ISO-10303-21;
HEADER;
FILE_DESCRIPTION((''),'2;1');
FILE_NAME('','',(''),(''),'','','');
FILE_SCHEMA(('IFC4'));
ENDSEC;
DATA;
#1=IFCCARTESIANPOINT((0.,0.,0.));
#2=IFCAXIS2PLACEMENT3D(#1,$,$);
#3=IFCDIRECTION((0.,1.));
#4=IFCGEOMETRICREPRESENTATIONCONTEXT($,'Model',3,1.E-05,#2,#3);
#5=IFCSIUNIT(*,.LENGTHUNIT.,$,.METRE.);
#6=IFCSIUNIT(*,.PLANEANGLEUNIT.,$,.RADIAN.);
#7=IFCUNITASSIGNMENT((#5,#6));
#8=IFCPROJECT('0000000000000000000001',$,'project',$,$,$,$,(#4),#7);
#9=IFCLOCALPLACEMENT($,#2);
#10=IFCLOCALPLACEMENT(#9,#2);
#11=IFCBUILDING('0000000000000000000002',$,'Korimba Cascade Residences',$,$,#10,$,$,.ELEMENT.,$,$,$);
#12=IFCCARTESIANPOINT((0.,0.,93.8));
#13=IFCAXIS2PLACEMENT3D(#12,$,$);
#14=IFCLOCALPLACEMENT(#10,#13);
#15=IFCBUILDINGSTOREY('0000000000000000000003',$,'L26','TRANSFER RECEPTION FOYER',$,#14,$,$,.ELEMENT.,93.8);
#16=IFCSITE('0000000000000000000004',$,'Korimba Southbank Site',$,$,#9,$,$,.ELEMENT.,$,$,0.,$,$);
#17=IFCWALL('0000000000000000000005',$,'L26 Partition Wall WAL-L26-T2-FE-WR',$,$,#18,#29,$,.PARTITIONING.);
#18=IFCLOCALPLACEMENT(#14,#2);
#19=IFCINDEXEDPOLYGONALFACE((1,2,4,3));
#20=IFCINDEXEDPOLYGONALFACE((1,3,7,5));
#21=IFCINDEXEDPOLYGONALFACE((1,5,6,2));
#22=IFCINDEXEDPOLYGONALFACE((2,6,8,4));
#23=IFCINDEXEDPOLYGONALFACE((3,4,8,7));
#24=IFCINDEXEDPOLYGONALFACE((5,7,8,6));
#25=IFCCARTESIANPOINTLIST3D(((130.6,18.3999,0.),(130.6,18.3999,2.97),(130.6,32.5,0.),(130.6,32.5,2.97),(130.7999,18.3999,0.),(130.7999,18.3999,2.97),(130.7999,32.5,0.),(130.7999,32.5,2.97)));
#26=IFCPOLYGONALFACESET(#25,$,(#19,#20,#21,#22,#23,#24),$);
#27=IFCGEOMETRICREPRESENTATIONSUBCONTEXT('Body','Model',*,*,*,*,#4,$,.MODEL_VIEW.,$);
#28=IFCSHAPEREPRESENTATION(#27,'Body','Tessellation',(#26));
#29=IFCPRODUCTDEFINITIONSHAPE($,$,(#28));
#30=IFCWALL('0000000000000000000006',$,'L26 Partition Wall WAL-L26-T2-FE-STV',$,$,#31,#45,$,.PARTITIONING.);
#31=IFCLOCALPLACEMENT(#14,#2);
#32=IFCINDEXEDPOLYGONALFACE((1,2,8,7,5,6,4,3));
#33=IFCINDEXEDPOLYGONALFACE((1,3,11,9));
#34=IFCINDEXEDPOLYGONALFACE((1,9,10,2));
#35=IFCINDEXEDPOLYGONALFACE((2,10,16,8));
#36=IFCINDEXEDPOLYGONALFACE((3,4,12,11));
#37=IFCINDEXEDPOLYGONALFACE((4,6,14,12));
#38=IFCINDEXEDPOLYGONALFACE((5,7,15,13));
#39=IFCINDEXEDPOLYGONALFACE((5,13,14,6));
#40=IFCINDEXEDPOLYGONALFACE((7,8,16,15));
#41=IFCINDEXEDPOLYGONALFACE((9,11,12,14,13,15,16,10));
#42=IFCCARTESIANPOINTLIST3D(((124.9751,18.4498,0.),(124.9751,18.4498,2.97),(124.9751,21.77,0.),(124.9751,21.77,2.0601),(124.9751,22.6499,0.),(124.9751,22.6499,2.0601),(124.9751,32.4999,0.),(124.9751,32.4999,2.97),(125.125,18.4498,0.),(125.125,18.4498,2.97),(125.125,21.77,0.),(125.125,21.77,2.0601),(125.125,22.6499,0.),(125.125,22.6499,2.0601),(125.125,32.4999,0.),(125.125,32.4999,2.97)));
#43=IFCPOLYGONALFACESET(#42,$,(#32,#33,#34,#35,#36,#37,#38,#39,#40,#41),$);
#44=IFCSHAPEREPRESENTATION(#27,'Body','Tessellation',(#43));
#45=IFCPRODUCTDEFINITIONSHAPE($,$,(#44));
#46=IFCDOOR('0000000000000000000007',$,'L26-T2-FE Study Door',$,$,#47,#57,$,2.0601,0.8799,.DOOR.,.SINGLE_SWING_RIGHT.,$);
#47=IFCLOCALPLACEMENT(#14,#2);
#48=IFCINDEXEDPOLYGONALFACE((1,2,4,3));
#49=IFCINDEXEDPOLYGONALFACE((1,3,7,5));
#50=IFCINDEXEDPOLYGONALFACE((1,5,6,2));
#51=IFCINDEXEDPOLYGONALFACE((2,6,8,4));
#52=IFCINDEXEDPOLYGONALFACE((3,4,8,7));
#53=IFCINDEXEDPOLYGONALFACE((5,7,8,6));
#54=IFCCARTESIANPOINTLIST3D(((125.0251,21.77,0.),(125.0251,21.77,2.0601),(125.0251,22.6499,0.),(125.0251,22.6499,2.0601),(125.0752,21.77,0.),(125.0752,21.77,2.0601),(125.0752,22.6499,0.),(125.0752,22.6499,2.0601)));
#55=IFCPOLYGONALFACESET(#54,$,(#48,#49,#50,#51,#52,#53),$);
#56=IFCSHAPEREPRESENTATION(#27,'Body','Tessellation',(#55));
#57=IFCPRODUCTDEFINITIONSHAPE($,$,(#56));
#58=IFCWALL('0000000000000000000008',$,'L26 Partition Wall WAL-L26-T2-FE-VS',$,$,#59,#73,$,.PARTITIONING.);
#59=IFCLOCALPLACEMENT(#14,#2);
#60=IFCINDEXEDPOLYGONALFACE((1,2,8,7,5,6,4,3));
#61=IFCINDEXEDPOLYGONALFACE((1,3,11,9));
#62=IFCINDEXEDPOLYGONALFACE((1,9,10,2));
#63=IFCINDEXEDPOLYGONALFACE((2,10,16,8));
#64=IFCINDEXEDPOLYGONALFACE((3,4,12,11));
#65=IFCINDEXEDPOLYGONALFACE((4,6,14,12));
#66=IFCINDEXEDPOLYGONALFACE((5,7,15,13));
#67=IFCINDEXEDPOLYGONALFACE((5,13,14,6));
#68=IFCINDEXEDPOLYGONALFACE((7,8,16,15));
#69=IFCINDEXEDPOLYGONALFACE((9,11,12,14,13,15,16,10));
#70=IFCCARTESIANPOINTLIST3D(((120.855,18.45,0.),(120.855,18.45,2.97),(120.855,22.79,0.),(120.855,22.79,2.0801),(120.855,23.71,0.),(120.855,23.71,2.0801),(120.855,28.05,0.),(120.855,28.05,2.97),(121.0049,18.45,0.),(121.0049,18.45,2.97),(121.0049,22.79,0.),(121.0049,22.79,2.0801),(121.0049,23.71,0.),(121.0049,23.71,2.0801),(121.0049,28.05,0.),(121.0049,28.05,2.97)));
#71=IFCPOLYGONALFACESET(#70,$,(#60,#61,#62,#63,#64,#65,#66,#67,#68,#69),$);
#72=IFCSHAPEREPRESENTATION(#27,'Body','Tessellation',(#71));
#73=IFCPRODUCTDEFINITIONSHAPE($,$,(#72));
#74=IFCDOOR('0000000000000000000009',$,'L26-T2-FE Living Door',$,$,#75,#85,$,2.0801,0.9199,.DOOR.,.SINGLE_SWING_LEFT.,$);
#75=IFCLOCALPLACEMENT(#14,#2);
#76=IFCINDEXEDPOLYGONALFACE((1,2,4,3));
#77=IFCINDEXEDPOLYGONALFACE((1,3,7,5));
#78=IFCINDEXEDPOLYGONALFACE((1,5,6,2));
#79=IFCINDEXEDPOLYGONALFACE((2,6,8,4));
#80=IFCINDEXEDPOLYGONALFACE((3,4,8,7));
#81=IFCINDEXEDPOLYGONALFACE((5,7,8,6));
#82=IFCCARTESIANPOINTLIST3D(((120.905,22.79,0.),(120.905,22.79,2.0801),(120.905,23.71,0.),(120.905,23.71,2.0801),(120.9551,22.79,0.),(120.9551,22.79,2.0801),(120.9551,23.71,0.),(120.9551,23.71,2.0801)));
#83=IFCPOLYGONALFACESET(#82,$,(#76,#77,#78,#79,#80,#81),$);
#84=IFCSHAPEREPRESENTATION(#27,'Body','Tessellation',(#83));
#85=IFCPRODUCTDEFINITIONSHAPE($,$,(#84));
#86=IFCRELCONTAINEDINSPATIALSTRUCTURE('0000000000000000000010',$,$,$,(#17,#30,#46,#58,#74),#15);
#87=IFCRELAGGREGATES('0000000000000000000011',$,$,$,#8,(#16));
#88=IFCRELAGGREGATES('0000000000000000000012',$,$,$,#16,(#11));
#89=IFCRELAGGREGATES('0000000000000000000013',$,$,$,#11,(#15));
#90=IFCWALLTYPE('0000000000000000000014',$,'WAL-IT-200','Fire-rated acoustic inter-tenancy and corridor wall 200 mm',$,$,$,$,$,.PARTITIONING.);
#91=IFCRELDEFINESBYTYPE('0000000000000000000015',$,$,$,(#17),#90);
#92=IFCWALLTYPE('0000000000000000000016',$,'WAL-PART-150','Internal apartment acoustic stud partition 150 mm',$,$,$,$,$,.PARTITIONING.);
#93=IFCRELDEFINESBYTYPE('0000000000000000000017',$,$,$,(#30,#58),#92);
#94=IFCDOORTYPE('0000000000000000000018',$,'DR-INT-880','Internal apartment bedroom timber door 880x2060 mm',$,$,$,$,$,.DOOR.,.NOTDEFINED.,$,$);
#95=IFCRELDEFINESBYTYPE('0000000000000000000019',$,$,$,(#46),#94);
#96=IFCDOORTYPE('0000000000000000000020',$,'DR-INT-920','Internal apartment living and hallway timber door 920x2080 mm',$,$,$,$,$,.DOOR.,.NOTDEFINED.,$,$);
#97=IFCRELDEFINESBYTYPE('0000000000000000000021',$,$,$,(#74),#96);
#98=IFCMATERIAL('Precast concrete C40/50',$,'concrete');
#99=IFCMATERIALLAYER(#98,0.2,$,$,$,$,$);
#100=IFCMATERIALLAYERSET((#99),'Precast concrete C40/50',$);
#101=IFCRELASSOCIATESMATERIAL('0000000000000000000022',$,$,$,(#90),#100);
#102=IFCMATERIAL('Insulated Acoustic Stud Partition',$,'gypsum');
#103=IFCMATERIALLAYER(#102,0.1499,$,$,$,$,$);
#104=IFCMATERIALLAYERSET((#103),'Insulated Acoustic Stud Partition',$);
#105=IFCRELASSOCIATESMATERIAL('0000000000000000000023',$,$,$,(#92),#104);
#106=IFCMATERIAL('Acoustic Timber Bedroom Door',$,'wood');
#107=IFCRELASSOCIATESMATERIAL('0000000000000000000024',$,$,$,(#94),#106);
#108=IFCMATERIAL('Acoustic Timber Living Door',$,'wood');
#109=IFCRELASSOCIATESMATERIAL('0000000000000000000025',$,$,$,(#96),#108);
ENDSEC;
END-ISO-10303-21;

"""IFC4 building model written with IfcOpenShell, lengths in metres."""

from ifc_helpers import new_model, si_unit, direction, frame, frame_2d, origin, place, context, subcontext, project, spatial, rectangle, extrude, material, layer, layer_set, type_object, element, fill, save


model = new_model("IFC4")

# Units and contexts
model_context = context("Model", 3, precision=1e-05, world=origin(), true_north=direction((0.0, 1.0)))
body_context = subcontext(model_context, "Body", "Model", "MODEL_VIEW")
ifc_project = project(units=[si_unit("LENGTHUNIT", "METRE"), si_unit("PLANEANGLEUNIT", "RADIAN")], contexts=[model_context])

# Site, building, storey
site_placement = place(None, origin())
site = spatial("IfcSite", under=ifc_project, at=site_placement, Name="Korimba Southbank Site", CompositionType="ELEMENT", RefElevation=0.0)
building_placement = place(site_placement, origin())
building = spatial("IfcBuilding", under=site, at=building_placement, Name="Korimba Cascade Residences", CompositionType="ELEMENT")
storey_placement = place(building_placement, frame((0.0, 0.0, 93.8)))
storey = spatial("IfcBuildingStorey", under=building, at=storey_placement, Name="L26", Description="TRANSFER RECEPTION FOYER", CompositionType="ELEMENT", Elevation=93.8)

# Wall
ifc_material_1 = material(Name="Precast concrete C40/50", Category="concrete")
ifc_layer_1 = layer(ifc_material_1, 0.2)
ifc_layer_set_1 = layer_set([ifc_layer_1], Name="Precast concrete C40/50")
wall_type_1 = type_object("IfcWallType", Name="WAL-IT-200", Description="Fire-rated acoustic inter-tenancy and corridor wall 200 mm", PredefinedType="PARTITIONING", material=ifc_layer_set_1)
wall_1_placement = place(storey_placement, frame((130.7, 18.3999, 0.0), z_axis=(0.0, 0.0, 1.0), x_axis=(0.0, 1.0, 0.0)))
element("IfcWall", 1, at=wall_1_placement, inside=storey, type_object=wall_type_1, Name="L26 Partition Wall WAL-L26-T2-FE-WR", PredefinedType="PARTITIONING", context=body_context, shape_type="SweptSolid", body=[
    extrude(rectangle(XDim=14.1001, YDim=0.2, at=frame_2d((7.05, 0.0))), origin(), (0.0, 0.0, 1.0), 2.97),
])

# Walls, openings, doors
ifc_material_2 = material(Name="Insulated Acoustic Stud Partition", Category="gypsum")
ifc_layer_2 = layer(ifc_material_2, 0.1499)
ifc_layer_set_2 = layer_set([ifc_layer_2], Name="Insulated Acoustic Stud Partition")
wall_type_2 = type_object("IfcWallType", Name="WAL-PART-150", Description="Internal apartment acoustic stud partition 150 mm", PredefinedType="PARTITIONING", material=ifc_layer_set_2)
wall_2_placement = place(storey_placement, frame((125.05, 18.45, 0.0), z_axis=(0.0, 0.0, 1.0), x_axis=(0.0, 1.0, 0.0)))
wall_2 = element("IfcWall", 2, at=wall_2_placement, inside=storey, type_object=wall_type_2, Name="L26 Partition Wall WAL-L26-T2-FE-STV", PredefinedType="PARTITIONING", context=body_context, shape_type="SweptSolid", body=[
    extrude(rectangle(XDim=14.05, YDim=0.1499, at=frame_2d((7.0249, 0.0))), origin(), (0.0, 0.0, 1.0), 2.97),
])
opening_1_placement = place(wall_2_placement, frame((3.3201, 0.0, 0.0)))
opening_1 = element("IfcOpeningElement", 3, at=opening_1_placement, cuts=wall_2, PredefinedType="OPENING", context=body_context, shape_type="SweptSolid", body=[
    extrude(rectangle(XDim=0.8799, YDim=2.0601, at=frame_2d((0.4399, 1.03))), frame((0.0, 0.085, 0.0), z_axis=(0.0, -1.0, 0.0), x_axis=(1.0, 0.0, 0.0)), (0.0, 0.0, 1.0), 0.1699),
])
ifc_material_3 = material(Name="Acoustic Timber Bedroom Door", Category="wood")
door_type_1 = type_object("IfcDoorType", Name="DR-INT-880", Description="Internal apartment bedroom timber door 880x2060 mm", OperationType="NOTDEFINED", PredefinedType="DOOR", material=ifc_material_3)
door_1_placement = place(opening_1_placement, origin())
door_1 = element("IfcDoor", 4, at=door_1_placement, inside=storey, type_object=door_type_1, Name="L26-T2-FE Study Door", OperationType="SINGLE_SWING_RIGHT", OverallHeight=2.0601, OverallWidth=0.8799, PredefinedType="DOOR", context=body_context, shape_type="SweptSolid", body=[
    extrude(rectangle(XDim=0.8799, YDim=2.0601, at=frame_2d((0.4399, 1.03))), frame((0.0, 0.0249, 0.0), z_axis=(0.0, -1.0, 0.0), x_axis=(1.0, 0.0, 0.0)), (0.0, 0.0, 1.0), 0.05),
])
fill(opening_1, door_1)
wall_3_placement = place(storey_placement, frame((120.9299, 18.45, 0.0), z_axis=(0.0, 0.0, 1.0), x_axis=(0.0, 1.0, 0.0)))
wall_3 = element("IfcWall", 5, at=wall_3_placement, inside=storey, type_object=wall_type_2, Name="L26 Partition Wall WAL-L26-T2-FE-VS", PredefinedType="PARTITIONING", context=body_context, shape_type="SweptSolid", body=[
    extrude(rectangle(XDim=9.6001, YDim=0.1499, at=frame_2d((4.8, 0.0))), origin(), (0.0, 0.0, 1.0), 2.97),
])
opening_2_placement = place(wall_3_placement, frame((4.3401, 0.0, 0.0)))
opening_2 = element("IfcOpeningElement", 6, at=opening_2_placement, cuts=wall_3, PredefinedType="OPENING", context=body_context, shape_type="SweptSolid", body=[
    extrude(rectangle(XDim=0.9199, YDim=2.0801, at=frame_2d((0.46, 1.04))), frame((0.0, 0.085, 0.0), z_axis=(0.0, -1.0, 0.0), x_axis=(1.0, 0.0, 0.0)), (0.0, 0.0, 1.0), 0.1699),
])
ifc_material_4 = material(Name="Acoustic Timber Living Door", Category="wood")
door_type_2 = type_object("IfcDoorType", Name="DR-INT-920", Description="Internal apartment living and hallway timber door 920x2080 mm", OperationType="NOTDEFINED", PredefinedType="DOOR", material=ifc_material_4)
door_2_placement = place(opening_2_placement, origin())
door_2 = element("IfcDoor", 7, at=door_2_placement, inside=storey, type_object=door_type_2, Name="L26-T2-FE Living Door", OperationType="SINGLE_SWING_LEFT", OverallHeight=2.0801, OverallWidth=0.9199, PredefinedType="DOOR", context=body_context, shape_type="SweptSolid", body=[
    extrude(rectangle(XDim=0.9199, YDim=2.0801, at=frame_2d((0.46, 1.04))), frame((0.0, 0.0249, 0.0), z_axis=(0.0, -1.0, 0.0), x_axis=(1.0, 0.0, 0.0)), (0.0, 0.0, 1.0), 0.05),
])
fill(opening_2, door_2)

save(model, "model.ifc")
